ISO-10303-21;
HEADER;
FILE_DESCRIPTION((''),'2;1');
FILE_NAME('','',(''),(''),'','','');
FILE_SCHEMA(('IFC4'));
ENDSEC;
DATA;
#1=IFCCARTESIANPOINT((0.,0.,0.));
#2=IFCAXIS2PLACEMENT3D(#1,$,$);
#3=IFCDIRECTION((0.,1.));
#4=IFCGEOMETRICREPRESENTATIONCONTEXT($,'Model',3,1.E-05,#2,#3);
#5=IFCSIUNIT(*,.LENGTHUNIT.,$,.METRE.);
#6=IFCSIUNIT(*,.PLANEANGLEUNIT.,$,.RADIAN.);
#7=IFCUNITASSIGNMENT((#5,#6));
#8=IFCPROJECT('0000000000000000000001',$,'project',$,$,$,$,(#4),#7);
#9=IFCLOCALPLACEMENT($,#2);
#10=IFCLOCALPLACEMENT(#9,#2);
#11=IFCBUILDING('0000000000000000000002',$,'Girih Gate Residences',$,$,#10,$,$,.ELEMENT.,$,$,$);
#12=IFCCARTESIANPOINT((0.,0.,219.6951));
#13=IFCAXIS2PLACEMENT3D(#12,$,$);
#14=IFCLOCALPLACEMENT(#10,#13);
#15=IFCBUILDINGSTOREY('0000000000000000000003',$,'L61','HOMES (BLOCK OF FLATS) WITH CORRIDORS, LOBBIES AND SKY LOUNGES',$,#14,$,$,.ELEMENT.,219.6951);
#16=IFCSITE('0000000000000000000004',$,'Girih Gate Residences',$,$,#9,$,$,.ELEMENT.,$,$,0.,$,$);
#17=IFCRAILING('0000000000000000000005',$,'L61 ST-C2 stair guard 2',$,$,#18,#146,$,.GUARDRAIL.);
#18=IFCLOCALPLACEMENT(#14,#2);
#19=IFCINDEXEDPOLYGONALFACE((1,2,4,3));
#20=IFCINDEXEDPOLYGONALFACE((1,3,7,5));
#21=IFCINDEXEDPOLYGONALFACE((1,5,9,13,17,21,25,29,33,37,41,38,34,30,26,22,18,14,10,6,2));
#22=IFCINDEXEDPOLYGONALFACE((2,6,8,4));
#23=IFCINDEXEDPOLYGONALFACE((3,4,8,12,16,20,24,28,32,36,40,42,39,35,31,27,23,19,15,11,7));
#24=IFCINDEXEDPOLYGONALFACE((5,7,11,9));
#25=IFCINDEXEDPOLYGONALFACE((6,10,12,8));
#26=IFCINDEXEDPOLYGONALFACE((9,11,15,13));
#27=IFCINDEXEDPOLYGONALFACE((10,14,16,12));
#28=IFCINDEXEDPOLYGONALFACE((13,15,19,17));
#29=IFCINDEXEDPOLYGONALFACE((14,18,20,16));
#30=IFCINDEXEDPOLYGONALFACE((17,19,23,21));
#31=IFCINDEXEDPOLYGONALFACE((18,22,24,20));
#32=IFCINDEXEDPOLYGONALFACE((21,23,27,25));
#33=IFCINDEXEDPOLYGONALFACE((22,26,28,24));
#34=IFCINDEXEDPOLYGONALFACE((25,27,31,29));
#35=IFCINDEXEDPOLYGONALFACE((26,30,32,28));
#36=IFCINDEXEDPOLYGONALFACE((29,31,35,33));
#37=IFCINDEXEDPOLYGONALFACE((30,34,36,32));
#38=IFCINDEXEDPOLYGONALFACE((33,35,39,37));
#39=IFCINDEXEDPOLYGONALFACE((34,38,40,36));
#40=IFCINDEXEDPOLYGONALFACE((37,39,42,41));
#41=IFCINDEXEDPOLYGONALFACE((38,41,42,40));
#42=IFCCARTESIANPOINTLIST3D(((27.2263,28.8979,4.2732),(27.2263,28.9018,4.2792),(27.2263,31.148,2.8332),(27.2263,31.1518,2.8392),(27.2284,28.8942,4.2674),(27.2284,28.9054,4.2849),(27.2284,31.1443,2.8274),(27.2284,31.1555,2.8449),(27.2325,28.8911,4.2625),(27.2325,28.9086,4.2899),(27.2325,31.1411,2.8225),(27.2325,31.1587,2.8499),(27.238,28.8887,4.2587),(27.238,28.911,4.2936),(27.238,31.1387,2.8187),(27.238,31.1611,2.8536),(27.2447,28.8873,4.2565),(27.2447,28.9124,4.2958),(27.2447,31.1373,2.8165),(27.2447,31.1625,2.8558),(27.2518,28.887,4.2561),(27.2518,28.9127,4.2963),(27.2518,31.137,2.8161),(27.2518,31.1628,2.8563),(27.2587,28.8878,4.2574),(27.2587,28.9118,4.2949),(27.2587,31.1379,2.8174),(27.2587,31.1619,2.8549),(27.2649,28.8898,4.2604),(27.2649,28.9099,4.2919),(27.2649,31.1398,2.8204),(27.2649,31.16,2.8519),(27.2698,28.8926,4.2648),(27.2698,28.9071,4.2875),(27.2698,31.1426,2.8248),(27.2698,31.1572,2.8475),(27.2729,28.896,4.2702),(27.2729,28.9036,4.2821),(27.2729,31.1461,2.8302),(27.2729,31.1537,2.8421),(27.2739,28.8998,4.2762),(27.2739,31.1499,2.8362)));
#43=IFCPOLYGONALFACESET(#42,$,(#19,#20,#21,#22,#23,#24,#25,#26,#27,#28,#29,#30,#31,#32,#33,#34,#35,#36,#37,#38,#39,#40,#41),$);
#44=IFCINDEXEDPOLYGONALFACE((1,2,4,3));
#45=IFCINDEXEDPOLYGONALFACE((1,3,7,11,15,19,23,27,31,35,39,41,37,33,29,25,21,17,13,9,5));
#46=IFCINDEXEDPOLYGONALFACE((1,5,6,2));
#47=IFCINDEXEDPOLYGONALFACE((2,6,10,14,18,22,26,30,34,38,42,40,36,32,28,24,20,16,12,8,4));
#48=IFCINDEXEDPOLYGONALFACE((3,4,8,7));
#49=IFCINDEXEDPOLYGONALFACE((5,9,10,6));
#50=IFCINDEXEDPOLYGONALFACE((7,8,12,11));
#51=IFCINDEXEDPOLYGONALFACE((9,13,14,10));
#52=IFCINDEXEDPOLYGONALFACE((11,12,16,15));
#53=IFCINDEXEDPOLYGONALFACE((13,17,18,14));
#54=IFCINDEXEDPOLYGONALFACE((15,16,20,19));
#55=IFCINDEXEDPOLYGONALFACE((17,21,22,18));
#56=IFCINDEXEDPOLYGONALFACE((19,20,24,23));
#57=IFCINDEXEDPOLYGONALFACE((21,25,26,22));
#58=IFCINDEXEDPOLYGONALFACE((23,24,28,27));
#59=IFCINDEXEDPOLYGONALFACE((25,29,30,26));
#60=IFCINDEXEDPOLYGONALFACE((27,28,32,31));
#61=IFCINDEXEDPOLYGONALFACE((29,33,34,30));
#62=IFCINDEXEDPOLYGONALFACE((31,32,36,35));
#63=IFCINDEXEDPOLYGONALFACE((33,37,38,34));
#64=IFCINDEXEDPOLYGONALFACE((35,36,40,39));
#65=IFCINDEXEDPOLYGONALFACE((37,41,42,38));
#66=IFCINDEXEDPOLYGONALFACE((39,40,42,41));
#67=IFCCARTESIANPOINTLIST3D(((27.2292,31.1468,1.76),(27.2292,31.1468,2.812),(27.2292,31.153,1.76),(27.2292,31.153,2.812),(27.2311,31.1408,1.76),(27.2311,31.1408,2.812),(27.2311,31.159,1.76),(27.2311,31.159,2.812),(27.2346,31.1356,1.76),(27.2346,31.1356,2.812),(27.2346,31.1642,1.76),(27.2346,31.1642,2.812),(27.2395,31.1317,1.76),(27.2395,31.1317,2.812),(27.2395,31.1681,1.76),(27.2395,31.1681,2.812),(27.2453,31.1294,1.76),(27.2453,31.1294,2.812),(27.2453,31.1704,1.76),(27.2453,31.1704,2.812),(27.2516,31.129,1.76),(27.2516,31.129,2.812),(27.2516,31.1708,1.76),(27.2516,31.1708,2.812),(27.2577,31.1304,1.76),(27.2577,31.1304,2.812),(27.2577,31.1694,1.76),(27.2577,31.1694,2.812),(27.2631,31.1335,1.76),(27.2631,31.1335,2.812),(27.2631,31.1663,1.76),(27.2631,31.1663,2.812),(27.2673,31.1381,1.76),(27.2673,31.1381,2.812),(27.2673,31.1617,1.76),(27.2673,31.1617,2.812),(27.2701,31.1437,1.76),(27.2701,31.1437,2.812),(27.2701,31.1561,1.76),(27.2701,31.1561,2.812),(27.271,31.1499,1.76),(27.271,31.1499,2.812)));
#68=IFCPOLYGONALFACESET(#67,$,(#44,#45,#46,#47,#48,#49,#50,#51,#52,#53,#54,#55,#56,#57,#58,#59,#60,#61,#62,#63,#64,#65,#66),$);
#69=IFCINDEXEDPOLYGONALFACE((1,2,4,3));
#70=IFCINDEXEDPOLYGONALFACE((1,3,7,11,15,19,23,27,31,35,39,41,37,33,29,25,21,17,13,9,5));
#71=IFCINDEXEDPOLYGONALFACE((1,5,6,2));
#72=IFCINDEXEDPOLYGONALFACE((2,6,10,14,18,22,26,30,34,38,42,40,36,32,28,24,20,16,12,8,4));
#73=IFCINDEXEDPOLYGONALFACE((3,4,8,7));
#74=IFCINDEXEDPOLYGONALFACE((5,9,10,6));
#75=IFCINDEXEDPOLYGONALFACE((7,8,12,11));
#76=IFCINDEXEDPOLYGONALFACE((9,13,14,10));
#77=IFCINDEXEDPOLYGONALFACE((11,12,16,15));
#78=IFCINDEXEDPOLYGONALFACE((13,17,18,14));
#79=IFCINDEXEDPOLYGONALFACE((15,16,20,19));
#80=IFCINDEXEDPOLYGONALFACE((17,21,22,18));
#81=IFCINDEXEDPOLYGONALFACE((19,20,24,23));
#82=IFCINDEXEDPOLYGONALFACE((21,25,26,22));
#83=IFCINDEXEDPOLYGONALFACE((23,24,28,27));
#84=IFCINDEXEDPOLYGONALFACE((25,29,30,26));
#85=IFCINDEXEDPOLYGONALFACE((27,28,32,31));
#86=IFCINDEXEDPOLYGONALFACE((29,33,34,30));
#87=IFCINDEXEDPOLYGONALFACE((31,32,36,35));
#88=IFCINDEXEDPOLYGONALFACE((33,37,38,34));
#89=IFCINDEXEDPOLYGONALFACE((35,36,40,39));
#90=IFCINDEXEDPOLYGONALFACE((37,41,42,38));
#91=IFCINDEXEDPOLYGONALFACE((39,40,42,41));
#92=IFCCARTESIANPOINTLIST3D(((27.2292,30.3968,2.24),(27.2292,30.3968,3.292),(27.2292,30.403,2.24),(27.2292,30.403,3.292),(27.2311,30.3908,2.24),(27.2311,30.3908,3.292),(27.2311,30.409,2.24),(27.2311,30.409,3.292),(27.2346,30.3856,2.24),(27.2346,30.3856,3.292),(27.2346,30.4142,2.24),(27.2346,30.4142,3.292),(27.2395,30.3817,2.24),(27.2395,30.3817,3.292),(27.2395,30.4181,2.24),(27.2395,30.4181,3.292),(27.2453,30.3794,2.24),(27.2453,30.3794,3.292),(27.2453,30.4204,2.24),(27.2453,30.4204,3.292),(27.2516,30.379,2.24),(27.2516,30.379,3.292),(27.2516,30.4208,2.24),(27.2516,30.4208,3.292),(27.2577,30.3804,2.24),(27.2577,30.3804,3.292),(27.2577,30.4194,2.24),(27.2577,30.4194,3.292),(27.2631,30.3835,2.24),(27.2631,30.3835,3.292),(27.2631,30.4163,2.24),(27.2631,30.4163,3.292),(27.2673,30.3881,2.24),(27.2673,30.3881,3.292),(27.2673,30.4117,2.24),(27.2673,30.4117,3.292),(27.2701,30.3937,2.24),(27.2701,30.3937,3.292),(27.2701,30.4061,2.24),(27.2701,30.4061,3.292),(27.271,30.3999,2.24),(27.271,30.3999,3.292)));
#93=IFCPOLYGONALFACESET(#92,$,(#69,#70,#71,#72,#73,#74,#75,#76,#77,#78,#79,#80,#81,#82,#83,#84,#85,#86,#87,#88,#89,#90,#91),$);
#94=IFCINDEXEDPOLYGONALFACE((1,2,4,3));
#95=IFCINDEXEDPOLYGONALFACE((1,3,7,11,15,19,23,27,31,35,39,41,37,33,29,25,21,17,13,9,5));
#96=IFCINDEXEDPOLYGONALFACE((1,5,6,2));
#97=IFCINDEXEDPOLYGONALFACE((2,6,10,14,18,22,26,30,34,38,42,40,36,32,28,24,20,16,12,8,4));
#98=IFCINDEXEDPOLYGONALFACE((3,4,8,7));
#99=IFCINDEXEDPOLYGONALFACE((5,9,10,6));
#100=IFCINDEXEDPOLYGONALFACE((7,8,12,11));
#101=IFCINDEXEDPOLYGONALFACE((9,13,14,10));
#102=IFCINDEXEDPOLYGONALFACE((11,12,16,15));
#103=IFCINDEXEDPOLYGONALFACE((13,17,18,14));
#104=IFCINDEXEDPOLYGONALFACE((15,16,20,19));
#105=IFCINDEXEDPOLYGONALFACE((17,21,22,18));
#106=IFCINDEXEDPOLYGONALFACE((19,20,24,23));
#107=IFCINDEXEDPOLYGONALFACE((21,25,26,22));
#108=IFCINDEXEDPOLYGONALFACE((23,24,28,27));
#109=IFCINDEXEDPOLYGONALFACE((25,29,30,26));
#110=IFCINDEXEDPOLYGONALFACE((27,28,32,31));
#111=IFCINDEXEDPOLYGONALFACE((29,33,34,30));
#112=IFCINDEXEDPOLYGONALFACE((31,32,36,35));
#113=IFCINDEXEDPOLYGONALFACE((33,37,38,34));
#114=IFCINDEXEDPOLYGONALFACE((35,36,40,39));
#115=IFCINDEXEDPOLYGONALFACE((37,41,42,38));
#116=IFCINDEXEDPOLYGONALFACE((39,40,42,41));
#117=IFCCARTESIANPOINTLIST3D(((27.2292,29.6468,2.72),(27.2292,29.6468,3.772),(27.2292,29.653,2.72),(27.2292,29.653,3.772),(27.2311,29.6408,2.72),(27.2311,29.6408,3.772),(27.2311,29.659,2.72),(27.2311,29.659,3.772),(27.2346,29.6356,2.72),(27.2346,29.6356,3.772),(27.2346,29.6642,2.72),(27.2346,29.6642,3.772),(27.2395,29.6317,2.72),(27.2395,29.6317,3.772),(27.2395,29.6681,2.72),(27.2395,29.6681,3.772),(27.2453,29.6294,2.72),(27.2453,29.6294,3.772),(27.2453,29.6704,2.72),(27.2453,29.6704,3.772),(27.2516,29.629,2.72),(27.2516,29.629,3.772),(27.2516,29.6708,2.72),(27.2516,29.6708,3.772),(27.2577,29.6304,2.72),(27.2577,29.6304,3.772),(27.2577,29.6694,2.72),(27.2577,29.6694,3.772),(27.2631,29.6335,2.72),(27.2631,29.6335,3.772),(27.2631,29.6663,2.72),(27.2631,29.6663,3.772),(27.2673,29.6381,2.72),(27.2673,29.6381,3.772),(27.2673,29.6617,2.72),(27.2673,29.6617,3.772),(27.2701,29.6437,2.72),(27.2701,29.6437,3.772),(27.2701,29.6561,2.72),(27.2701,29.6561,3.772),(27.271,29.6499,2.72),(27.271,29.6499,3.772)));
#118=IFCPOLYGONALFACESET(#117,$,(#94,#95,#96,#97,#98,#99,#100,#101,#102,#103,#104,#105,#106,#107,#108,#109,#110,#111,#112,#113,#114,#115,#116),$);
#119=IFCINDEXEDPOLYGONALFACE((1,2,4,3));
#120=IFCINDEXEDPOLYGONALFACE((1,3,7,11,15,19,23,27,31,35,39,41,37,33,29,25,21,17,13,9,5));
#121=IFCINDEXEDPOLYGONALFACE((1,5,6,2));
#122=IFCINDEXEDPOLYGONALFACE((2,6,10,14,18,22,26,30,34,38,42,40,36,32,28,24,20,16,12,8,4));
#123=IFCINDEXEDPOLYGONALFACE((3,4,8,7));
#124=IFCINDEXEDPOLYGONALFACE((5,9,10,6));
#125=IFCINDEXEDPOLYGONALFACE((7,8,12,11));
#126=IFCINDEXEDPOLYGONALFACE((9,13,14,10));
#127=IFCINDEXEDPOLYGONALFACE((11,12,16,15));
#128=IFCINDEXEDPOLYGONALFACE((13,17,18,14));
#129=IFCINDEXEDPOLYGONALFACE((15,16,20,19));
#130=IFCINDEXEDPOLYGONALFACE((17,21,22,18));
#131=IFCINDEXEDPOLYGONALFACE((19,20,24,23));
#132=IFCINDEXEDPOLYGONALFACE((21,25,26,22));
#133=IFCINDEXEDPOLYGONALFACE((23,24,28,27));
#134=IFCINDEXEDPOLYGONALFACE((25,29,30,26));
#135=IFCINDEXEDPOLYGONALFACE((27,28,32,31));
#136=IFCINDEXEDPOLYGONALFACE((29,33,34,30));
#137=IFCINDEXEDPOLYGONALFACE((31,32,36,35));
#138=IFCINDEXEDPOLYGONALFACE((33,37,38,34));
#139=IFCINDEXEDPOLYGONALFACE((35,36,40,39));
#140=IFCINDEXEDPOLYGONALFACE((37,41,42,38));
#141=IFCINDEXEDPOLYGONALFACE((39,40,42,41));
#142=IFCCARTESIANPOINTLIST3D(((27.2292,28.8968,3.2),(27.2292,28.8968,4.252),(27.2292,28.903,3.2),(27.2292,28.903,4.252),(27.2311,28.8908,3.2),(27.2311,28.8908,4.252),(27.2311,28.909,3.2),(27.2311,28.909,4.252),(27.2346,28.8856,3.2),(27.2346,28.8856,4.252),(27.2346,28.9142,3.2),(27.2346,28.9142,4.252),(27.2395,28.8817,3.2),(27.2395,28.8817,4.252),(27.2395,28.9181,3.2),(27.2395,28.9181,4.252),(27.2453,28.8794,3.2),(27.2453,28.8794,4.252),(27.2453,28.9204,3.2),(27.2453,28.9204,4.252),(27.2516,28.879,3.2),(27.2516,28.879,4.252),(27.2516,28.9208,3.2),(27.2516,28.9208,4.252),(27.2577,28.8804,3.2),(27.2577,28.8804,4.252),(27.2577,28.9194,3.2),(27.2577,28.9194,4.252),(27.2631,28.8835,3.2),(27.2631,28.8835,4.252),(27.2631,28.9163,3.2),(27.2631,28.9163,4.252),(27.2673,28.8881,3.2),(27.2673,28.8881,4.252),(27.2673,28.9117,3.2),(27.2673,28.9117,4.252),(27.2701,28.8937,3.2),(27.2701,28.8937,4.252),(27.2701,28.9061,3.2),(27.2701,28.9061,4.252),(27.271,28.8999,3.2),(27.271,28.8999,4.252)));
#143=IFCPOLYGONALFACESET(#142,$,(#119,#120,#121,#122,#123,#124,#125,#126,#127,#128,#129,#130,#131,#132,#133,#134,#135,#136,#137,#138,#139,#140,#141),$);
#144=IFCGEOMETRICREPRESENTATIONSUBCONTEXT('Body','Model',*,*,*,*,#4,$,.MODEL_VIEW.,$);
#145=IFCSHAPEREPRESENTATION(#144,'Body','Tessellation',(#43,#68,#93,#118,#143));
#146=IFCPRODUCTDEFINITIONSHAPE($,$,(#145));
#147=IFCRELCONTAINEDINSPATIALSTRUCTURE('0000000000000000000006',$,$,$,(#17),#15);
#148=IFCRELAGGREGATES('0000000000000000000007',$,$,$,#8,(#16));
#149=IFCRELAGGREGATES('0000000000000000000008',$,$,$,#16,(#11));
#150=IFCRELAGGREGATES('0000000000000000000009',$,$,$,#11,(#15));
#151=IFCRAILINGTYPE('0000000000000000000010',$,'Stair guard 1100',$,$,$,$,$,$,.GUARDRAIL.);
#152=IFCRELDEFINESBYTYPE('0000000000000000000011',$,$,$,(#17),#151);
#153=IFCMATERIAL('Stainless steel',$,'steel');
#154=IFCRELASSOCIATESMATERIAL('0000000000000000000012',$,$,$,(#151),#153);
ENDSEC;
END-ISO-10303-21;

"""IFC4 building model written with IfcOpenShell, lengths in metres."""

from ifc_helpers import new_model, si_unit, direction, frame, origin, origin_2d, place, context, subcontext, project, spatial, circle, extrude, material, type_object, element, save


model = new_model("IFC4")

# Units and contexts
model_context = context("Model", 3, precision=1e-05, world=origin(), true_north=direction((0.0, 1.0)))
body_context = subcontext(model_context, "Body", "Model", "MODEL_VIEW")
ifc_project = project(units=[si_unit("LENGTHUNIT", "METRE"), si_unit("PLANEANGLEUNIT", "RADIAN")], contexts=[model_context])

# Site, building, storey
site_placement = place(None, origin())
site = spatial("IfcSite", under=ifc_project, at=site_placement, Name="Girih Gate Residences", CompositionType="ELEMENT", RefElevation=0.0)
building_placement = place(site_placement, origin())
building = spatial("IfcBuilding", under=site, at=building_placement, Name="Girih Gate Residences", CompositionType="ELEMENT")
storey_placement = place(building_placement, frame((0.0, 0.0, 219.6951)))
storey = spatial("IfcBuildingStorey", under=building, at=storey_placement, Name="L61", Description="HOMES (BLOCK OF FLATS) WITH CORRIDORS, LOBBIES AND SKY LOUNGES", CompositionType="ELEMENT", Elevation=219.6951)

# Railing
ifc_material_1 = material(Name="Stainless steel", Category="steel")
railing_type_1 = type_object("IfcRailingType", Name="Stair guard 1100", PredefinedType="GUARDRAIL", material=ifc_material_1)
railing_1_placement = place(storey_placement, frame((27.25, 31.1499, 1.76)))
element("IfcRailing", 1, at=railing_1_placement, inside=storey, type_object=railing_type_1, Name="L61 ST-C2 stair guard 2", PredefinedType="GUARDRAIL", context=body_context, shape_type="SweptSolid", body=[
    extrude(circle(Radius=0.0239, at=origin_2d()), frame((0.0, 0.0, 1.0762), z_axis=(0.0, -0.842281, 0.539038), x_axis=(1.0, 0.0, 0.0)), (0.0, 0.0, 1.0), 2.6714),
    extrude(circle(Radius=0.021, at=origin_2d()), origin(), (0.0, 0.0, 1.0), 1.052),
    extrude(circle(Radius=0.021, at=origin_2d()), frame((0.0, -0.75, 0.48)), (0.0, 0.0, 1.0), 1.052),
    extrude(circle(Radius=0.021, at=origin_2d()), frame((0.0, -1.5, 0.96)), (0.0, 0.0, 1.0), 1.052),
    extrude(circle(Radius=0.021, at=origin_2d()), frame((0.0, -2.25, 1.4399)), (0.0, 0.0, 1.0), 1.052),
])

save(model, "model.ifc")
